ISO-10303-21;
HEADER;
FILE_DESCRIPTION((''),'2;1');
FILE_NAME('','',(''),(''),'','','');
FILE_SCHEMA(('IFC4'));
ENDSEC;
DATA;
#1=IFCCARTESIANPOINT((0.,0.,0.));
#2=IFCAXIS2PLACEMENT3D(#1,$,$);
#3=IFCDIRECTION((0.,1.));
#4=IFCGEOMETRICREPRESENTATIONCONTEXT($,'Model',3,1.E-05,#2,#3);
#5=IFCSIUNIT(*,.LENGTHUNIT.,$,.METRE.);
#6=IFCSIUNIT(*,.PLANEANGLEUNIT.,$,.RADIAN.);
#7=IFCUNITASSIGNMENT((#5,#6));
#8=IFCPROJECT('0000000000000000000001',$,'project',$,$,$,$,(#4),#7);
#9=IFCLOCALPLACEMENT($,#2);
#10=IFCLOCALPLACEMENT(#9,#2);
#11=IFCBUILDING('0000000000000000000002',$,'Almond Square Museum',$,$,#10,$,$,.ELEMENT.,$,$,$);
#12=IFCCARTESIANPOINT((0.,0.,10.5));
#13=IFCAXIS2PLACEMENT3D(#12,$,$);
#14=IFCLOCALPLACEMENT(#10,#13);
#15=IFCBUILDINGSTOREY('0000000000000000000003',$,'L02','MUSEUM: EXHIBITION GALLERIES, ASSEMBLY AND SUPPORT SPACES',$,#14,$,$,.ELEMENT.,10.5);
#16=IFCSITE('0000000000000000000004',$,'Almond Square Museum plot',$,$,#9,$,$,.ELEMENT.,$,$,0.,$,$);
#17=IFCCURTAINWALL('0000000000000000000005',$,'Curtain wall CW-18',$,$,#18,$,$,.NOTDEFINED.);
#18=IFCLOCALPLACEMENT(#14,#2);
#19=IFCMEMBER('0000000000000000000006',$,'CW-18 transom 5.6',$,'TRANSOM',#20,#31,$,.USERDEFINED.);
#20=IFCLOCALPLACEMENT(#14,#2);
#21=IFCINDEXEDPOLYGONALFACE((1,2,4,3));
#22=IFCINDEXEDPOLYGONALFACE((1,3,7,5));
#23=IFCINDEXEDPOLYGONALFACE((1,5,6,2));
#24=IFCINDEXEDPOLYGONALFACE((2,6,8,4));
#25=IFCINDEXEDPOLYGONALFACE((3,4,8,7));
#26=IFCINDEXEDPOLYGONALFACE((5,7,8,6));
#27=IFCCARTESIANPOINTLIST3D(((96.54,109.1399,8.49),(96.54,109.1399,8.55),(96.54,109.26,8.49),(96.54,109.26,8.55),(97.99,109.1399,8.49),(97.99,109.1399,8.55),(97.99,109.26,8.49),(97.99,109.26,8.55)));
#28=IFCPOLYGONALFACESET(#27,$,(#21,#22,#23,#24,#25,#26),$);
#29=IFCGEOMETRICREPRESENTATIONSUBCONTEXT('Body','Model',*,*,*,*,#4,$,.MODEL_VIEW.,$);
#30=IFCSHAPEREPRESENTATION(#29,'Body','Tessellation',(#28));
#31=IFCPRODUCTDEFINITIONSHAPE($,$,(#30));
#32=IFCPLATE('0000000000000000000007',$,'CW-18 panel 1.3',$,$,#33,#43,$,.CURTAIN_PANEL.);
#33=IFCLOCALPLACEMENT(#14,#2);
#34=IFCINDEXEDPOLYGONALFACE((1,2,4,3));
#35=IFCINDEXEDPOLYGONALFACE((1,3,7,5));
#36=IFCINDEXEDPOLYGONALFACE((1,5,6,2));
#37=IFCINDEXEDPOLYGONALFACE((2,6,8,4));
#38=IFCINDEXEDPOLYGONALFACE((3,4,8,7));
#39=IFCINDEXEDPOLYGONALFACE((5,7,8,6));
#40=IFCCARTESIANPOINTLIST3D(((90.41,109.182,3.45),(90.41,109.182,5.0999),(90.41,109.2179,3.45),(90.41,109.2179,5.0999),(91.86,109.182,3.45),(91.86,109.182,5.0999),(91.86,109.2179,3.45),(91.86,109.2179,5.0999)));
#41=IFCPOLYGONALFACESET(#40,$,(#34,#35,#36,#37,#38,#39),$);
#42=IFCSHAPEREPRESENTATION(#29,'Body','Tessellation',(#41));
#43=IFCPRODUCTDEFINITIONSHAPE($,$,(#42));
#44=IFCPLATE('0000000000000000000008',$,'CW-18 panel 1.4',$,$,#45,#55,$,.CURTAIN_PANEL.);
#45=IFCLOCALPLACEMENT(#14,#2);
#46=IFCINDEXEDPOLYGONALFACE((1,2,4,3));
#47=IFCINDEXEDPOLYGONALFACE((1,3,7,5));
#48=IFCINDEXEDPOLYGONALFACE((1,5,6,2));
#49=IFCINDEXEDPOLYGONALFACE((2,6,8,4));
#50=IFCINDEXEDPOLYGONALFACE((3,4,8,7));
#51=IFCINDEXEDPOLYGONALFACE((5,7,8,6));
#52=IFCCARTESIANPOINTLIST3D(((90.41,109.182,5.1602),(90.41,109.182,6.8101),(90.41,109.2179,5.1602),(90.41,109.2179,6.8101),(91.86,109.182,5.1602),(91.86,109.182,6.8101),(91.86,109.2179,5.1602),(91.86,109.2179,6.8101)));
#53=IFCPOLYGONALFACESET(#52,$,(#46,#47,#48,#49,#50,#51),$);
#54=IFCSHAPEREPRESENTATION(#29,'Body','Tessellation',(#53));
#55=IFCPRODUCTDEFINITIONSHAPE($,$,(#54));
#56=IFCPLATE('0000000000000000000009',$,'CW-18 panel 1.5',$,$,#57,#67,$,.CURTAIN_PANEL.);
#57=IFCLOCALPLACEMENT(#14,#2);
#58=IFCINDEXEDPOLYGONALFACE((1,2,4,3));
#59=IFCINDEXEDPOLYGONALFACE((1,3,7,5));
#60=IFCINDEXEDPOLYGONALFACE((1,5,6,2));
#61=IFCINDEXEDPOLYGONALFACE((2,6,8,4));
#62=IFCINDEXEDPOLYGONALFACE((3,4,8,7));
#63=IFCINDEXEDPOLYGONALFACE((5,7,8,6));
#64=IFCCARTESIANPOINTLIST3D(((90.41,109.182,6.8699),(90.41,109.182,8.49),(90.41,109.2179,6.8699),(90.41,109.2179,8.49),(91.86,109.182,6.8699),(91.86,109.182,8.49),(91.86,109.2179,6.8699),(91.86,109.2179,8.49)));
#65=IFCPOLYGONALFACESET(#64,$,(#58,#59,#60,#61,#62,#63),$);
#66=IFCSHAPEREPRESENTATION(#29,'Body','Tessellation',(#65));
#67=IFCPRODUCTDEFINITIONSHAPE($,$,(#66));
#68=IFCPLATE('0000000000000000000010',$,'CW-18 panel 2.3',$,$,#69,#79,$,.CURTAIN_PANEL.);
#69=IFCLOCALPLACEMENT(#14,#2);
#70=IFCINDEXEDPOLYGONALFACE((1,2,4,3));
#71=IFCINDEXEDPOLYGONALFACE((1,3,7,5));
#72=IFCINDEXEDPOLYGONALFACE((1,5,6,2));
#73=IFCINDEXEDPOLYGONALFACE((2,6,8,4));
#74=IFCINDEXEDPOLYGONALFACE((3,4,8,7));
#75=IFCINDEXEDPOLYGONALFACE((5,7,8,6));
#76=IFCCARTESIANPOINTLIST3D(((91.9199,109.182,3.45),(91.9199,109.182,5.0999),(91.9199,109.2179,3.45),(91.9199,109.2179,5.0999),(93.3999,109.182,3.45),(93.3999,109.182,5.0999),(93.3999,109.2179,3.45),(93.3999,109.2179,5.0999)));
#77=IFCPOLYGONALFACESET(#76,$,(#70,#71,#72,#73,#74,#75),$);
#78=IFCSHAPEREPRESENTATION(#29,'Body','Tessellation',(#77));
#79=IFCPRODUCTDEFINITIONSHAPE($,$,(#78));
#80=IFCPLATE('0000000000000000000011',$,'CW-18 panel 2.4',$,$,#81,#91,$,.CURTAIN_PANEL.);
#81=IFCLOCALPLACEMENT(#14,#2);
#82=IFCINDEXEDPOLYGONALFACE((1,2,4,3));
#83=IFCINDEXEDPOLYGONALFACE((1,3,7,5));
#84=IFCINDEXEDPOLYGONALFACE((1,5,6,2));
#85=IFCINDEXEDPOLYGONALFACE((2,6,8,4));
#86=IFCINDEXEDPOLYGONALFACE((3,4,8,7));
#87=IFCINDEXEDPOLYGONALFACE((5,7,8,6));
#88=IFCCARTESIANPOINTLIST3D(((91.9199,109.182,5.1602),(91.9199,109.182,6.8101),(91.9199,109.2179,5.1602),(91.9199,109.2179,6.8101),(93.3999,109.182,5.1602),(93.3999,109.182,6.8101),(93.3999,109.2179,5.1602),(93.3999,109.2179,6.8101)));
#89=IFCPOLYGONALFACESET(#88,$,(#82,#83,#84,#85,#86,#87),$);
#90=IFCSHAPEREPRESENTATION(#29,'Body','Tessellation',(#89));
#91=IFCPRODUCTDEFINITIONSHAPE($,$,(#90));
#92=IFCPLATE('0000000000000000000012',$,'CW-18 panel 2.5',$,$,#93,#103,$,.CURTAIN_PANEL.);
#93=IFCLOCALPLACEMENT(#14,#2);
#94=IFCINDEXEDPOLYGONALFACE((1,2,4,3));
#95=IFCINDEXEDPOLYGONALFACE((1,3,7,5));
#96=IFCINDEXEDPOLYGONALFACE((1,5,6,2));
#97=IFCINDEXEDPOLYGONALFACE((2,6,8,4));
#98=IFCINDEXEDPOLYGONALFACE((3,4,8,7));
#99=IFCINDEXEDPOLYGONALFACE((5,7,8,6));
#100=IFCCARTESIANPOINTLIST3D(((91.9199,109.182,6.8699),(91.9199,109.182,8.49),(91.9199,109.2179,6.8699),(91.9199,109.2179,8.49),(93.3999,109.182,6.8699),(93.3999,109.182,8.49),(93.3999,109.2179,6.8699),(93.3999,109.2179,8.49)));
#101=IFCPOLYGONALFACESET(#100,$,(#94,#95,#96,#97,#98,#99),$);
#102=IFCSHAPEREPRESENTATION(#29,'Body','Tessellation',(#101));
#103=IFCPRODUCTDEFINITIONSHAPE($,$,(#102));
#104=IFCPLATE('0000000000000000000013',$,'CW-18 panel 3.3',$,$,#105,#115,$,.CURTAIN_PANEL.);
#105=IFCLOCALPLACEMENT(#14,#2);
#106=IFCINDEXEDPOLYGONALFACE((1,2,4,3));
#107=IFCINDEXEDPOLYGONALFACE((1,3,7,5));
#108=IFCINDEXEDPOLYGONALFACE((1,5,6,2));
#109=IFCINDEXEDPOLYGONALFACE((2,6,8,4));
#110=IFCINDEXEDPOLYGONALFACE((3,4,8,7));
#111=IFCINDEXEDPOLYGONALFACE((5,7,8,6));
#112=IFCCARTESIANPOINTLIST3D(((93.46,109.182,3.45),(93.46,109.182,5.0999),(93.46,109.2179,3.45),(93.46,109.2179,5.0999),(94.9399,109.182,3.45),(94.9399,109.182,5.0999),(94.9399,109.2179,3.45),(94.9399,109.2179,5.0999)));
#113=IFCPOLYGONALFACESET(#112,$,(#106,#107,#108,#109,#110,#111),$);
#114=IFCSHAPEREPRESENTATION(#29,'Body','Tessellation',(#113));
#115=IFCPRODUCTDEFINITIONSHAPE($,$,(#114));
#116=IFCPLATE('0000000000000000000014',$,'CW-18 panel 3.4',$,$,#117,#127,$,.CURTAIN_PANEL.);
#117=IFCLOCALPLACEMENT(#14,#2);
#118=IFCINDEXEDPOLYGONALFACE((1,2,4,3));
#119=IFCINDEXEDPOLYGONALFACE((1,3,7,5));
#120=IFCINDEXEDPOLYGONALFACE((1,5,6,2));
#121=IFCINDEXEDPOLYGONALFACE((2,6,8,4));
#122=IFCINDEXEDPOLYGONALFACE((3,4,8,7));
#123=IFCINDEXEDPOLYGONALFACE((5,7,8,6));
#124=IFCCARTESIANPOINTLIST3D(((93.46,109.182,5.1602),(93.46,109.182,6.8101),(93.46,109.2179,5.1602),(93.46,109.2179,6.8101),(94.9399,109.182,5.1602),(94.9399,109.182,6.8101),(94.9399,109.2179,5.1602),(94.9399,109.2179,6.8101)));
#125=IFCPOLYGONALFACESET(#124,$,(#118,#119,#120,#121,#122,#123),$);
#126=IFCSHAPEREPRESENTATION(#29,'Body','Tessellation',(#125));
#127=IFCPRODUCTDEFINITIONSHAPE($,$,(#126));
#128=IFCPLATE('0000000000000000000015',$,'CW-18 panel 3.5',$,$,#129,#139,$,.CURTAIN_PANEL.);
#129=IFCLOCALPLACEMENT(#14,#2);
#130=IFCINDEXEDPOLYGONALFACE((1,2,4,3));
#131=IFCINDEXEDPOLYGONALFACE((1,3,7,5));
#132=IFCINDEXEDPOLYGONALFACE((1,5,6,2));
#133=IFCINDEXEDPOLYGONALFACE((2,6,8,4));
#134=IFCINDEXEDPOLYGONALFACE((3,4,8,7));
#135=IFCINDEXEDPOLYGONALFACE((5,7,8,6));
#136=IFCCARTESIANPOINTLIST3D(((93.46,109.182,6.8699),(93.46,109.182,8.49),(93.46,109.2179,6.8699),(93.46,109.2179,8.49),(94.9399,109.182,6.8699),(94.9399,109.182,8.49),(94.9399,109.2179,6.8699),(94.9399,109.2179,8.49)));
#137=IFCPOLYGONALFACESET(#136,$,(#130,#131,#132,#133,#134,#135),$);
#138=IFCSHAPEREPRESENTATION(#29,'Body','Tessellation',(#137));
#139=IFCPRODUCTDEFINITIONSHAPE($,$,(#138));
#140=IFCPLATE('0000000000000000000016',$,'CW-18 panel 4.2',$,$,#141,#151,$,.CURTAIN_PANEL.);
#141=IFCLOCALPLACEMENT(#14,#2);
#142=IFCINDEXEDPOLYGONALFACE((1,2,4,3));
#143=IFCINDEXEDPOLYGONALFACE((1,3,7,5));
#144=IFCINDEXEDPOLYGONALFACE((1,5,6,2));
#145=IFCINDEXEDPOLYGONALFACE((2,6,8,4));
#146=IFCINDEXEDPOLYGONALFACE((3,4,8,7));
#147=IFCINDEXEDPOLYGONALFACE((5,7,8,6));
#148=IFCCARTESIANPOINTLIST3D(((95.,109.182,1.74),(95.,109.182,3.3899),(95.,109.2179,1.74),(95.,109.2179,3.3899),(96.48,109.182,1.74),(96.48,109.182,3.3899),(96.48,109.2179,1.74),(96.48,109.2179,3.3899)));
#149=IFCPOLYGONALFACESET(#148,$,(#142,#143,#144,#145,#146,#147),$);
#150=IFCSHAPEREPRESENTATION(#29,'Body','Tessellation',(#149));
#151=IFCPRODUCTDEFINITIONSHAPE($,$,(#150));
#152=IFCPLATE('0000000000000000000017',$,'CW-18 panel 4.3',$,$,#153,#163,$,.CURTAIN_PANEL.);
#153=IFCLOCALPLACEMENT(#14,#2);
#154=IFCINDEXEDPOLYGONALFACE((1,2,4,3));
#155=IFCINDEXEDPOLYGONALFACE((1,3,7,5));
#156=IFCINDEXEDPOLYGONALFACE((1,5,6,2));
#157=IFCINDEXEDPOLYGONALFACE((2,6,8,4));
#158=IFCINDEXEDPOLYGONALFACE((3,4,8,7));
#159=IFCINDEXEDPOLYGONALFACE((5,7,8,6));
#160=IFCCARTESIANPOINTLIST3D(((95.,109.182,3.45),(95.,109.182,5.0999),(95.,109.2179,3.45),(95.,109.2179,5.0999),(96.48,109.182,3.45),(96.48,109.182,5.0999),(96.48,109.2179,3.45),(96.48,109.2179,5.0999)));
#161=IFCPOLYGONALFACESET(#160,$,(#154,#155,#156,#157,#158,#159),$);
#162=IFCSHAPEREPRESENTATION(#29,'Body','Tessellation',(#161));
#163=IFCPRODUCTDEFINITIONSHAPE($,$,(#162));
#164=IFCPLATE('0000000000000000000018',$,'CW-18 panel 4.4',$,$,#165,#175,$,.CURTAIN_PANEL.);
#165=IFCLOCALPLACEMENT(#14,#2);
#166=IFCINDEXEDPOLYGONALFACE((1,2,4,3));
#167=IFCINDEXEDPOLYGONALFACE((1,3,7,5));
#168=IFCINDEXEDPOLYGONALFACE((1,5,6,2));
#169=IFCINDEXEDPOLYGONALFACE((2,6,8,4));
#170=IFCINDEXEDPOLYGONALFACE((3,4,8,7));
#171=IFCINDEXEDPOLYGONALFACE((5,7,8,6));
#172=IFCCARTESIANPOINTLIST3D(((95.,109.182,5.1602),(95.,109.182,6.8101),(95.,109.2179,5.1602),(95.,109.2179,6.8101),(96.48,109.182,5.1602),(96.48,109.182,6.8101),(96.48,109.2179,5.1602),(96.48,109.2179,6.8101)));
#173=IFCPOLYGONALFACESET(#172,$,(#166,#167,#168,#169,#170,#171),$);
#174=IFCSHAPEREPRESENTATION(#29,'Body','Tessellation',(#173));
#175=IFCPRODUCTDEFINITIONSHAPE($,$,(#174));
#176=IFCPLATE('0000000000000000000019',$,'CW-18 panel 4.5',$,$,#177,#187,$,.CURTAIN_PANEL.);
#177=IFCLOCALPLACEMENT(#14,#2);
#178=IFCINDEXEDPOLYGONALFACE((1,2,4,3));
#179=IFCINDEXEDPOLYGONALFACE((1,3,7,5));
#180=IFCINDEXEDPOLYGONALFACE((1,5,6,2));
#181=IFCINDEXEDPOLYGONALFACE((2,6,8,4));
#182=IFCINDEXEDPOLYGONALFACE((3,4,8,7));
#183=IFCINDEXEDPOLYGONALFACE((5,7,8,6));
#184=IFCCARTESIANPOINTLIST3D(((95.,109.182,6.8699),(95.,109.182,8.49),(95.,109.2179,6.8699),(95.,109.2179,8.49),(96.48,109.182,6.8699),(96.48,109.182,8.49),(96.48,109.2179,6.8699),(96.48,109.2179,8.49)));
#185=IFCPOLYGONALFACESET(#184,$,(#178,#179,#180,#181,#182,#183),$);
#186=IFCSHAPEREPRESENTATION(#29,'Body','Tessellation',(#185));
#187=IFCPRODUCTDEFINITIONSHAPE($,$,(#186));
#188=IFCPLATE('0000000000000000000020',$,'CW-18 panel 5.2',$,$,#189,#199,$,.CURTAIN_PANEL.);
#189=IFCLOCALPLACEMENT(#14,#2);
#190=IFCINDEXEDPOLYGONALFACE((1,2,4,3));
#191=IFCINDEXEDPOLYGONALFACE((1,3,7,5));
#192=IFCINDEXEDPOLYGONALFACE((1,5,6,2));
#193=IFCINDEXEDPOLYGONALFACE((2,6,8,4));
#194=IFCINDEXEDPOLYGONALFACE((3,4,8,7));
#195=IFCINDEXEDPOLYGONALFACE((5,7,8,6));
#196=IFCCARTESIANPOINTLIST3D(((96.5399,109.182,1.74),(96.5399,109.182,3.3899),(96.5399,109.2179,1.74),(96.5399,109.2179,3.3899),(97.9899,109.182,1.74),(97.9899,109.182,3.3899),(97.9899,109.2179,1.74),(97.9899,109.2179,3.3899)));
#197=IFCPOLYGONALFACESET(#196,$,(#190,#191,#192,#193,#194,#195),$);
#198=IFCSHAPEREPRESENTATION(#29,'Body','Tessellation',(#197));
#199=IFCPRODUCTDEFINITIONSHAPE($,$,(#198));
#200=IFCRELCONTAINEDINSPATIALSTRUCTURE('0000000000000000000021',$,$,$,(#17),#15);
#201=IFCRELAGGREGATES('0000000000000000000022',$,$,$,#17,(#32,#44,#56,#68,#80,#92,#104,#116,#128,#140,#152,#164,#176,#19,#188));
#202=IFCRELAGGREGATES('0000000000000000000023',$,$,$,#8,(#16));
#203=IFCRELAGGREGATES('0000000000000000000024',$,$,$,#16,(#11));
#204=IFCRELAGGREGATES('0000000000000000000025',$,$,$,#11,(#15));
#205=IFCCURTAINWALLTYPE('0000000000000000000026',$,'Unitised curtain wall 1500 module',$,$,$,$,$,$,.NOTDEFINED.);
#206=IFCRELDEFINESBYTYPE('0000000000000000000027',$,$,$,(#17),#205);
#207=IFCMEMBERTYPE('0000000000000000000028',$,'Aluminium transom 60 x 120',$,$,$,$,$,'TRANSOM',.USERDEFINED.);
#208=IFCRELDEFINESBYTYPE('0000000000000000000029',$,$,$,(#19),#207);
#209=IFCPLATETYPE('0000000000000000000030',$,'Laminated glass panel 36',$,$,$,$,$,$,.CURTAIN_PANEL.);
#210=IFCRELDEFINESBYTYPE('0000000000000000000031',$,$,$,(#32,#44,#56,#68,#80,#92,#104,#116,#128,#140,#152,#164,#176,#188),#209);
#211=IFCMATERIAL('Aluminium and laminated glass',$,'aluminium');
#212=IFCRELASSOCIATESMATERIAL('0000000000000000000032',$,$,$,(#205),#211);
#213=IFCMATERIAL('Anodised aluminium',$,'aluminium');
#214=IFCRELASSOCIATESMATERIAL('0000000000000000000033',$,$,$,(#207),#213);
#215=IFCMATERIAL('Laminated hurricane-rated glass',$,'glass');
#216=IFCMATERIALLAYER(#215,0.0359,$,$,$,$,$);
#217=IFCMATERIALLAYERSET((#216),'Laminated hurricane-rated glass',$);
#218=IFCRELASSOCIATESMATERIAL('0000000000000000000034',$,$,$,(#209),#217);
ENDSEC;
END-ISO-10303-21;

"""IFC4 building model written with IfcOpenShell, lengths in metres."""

from ifc_helpers import new_model, si_unit, direction, frame, origin, origin_2d, place, context, subcontext, project, spatial, rectangle, extrude, material, layer, layer_set, material_profile, profile_set, type_object, element, aggregate, save


model = new_model("IFC4")

# Units and contexts
model_context = context("Model", 3, precision=1e-05, world=origin(), true_north=direction((0.0, 1.0)))
body_context = subcontext(model_context, "Body", "Model", "MODEL_VIEW")
ifc_project = project(units=[si_unit("LENGTHUNIT", "METRE"), si_unit("PLANEANGLEUNIT", "RADIAN")], contexts=[model_context])

# Site, building, storey
site_placement = place(None, origin())
site = spatial("IfcSite", under=ifc_project, at=site_placement, Name="Almond Square Museum plot", CompositionType="ELEMENT", RefElevation=0.0)
building_placement = place(site_placement, origin())
building = spatial("IfcBuilding", under=site, at=building_placement, Name="Almond Square Museum", CompositionType="ELEMENT")
storey_placement = place(building_placement, frame((0.0, 0.0, 10.5)))
storey = spatial("IfcBuildingStorey", under=building, at=storey_placement, Name="L02", Description="MUSEUM: EXHIBITION GALLERIES, ASSEMBLY AND SUPPORT SPACES", CompositionType="ELEMENT", Elevation=10.5)

# Curtain wall, member, plates
ifc_material_1 = material(Name="Aluminium and laminated glass", Category="aluminium")
curtain_wall_type = type_object("IfcCurtainWallType", Name="Unitised curtain wall 1500 module", PredefinedType="NOTDEFINED", material=ifc_material_1)
curtain_wall_placement = place(storey_placement, origin())
curtain_wall = element("IfcCurtainWall", 1, at=curtain_wall_placement, inside=storey, type_object=curtain_wall_type, Name="Curtain wall CW-18", PredefinedType="NOTDEFINED")
ifc_material_2 = material(Name="Anodised aluminium", Category="aluminium")
ifc_material_profile = material_profile(ifc_material_2, rectangle(XDim=0.1201, YDim=0.0601, at=origin_2d()))
ifc_profile_set = profile_set([ifc_material_profile], Name="Anodised aluminium")
member_type = type_object("IfcMemberType", Name="Aluminium transom 60 x 120", ElementType="TRANSOM", PredefinedType="USERDEFINED", material=ifc_profile_set)
member_1_placement = place(storey_placement, frame((96.54, 109.2, 8.52), z_axis=(1.0, 0.0, 0.0), x_axis=(0.0, 1.0, 0.0)))
member_1 = element("IfcMember", 2, at=member_1_placement, type_object=member_type, Name="CW-18 transom 5.6", ObjectType="TRANSOM", PredefinedType="USERDEFINED", context=body_context, shape_type="SweptSolid", body=[
    extrude(rectangle(XDim=0.1201, YDim=0.0601, at=origin_2d()), origin(), (0.0, 0.0, 1.0), 1.45),
])
ifc_material_3 = material(Name="Laminated hurricane-rated glass", Category="glass")
ifc_layer = layer(ifc_material_3, 0.0359)
ifc_layer_set = layer_set([ifc_layer], Name="Laminated hurricane-rated glass")
plate_type = type_object("IfcPlateType", Name="Laminated glass panel 36", PredefinedType="CURTAIN_PANEL", material=ifc_layer_set)
plate_1_placement = place(storey_placement, frame((91.135, 109.2, 3.45), z_axis=(0.0, 0.0, 1.0), x_axis=(1.0, 0.0, 0.0)))
plate_1 = element("IfcPlate", 3, at=plate_1_placement, type_object=plate_type, Name="CW-18 panel 1.3", PredefinedType="CURTAIN_PANEL", context=body_context, shape_type="SweptSolid", body=[
    extrude(rectangle(XDim=1.45, YDim=0.0359, at=origin_2d()), origin(), (0.0, 0.0, 1.0), 1.6499),
])
plate_2_placement = place(storey_placement, frame((91.135, 109.2, 5.1602), z_axis=(0.0, 0.0, 1.0), x_axis=(1.0, 0.0, 0.0)))
plate_2 = element("IfcPlate", 4, at=plate_2_placement, type_object=plate_type, Name="CW-18 panel 1.4", PredefinedType="CURTAIN_PANEL", context=body_context, shape_type="SweptSolid", body=[
    extrude(rectangle(XDim=1.45, YDim=0.0359, at=origin_2d()), origin(), (0.0, 0.0, 1.0), 1.6499),
])
plate_3_placement = place(storey_placement, frame((91.135, 109.2, 6.8699), z_axis=(0.0, 0.0, 1.0), x_axis=(1.0, 0.0, 0.0)))
plate_3 = element("IfcPlate", 5, at=plate_3_placement, type_object=plate_type, Name="CW-18 panel 1.5", PredefinedType="CURTAIN_PANEL", context=body_context, shape_type="SweptSolid", body=[
    extrude(rectangle(XDim=1.45, YDim=0.0359, at=origin_2d()), origin(), (0.0, 0.0, 1.0), 1.6201),
])
plate_4_placement = place(storey_placement, frame((92.6599, 109.2, 3.45), z_axis=(0.0, 0.0, 1.0), x_axis=(1.0, 0.0, 0.0)))
plate_4 = element("IfcPlate", 6, at=plate_4_placement, type_object=plate_type, Name="CW-18 panel 2.3", PredefinedType="CURTAIN_PANEL", context=body_context, shape_type="SweptSolid", body=[
    extrude(rectangle(XDim=1.48, YDim=0.0359, at=origin_2d()), origin(), (0.0, 0.0, 1.0), 1.6499),
])
plate_5_placement = place(storey_placement, frame((92.6599, 109.2, 5.1602), z_axis=(0.0, 0.0, 1.0), x_axis=(1.0, 0.0, 0.0)))
plate_5 = element("IfcPlate", 7, at=plate_5_placement, type_object=plate_type, Name="CW-18 panel 2.4", PredefinedType="CURTAIN_PANEL", context=body_context, shape_type="SweptSolid", body=[
    extrude(rectangle(XDim=1.48, YDim=0.0359, at=origin_2d()), origin(), (0.0, 0.0, 1.0), 1.6499),
])
plate_6_placement = place(storey_placement, frame((92.6599, 109.2, 6.8699), z_axis=(0.0, 0.0, 1.0), x_axis=(1.0, 0.0, 0.0)))
plate_6 = element("IfcPlate", 8, at=plate_6_placement, type_object=plate_type, Name="CW-18 panel 2.5", PredefinedType="CURTAIN_PANEL", context=body_context, shape_type="SweptSolid", body=[
    extrude(rectangle(XDim=1.48, YDim=0.0359, at=origin_2d()), origin(), (0.0, 0.0, 1.0), 1.6201),
])
plate_7_placement = place(storey_placement, frame((94.2, 109.2, 3.45), z_axis=(0.0, 0.0, 1.0), x_axis=(1.0, 0.0, 0.0)))
plate_7 = element("IfcPlate", 9, at=plate_7_placement, type_object=plate_type, Name="CW-18 panel 3.3", PredefinedType="CURTAIN_PANEL", context=body_context, shape_type="SweptSolid", body=[
    extrude(rectangle(XDim=1.48, YDim=0.0359, at=origin_2d()), origin(), (0.0, 0.0, 1.0), 1.6499),
])
plate_8_placement = place(storey_placement, frame((94.2, 109.2, 5.1602), z_axis=(0.0, 0.0, 1.0), x_axis=(1.0, 0.0, 0.0)))
plate_8 = element("IfcPlate", 10, at=plate_8_placement, type_object=plate_type, Name="CW-18 panel 3.4", PredefinedType="CURTAIN_PANEL", context=body_context, shape_type="SweptSolid", body=[
    extrude(rectangle(XDim=1.48, YDim=0.0359, at=origin_2d()), origin(), (0.0, 0.0, 1.0), 1.6499),
])
plate_9_placement = place(storey_placement, frame((94.2, 109.2, 6.8699), z_axis=(0.0, 0.0, 1.0), x_axis=(1.0, 0.0, 0.0)))
plate_9 = element("IfcPlate", 11, at=plate_9_placement, type_object=plate_type, Name="CW-18 panel 3.5", PredefinedType="CURTAIN_PANEL", context=body_context, shape_type="SweptSolid", body=[
    extrude(rectangle(XDim=1.48, YDim=0.0359, at=origin_2d()), origin(), (0.0, 0.0, 1.0), 1.6201),
])
plate_10_placement = place(storey_placement, frame((95.74, 109.2, 1.74), z_axis=(0.0, 0.0, 1.0), x_axis=(1.0, 0.0, 0.0)))
plate_10 = element("IfcPlate", 12, at=plate_10_placement, type_object=plate_type, Name="CW-18 panel 4.2", PredefinedType="CURTAIN_PANEL", context=body_context, shape_type="SweptSolid", body=[
    extrude(rectangle(XDim=1.48, YDim=0.0359, at=origin_2d()), origin(), (0.0, 0.0, 1.0), 1.6499),
])
plate_11_placement = place(storey_placement, frame((95.74, 109.2, 3.45), z_axis=(0.0, 0.0, 1.0), x_axis=(1.0, 0.0, 0.0)))
plate_11 = element("IfcPlate", 13, at=plate_11_placement, type_object=plate_type, Name="CW-18 panel 4.3", PredefinedType="CURTAIN_PANEL", context=body_context, shape_type="SweptSolid", body=[
    extrude(rectangle(XDim=1.48, YDim=0.0359, at=origin_2d()), origin(), (0.0, 0.0, 1.0), 1.6499),
])
plate_12_placement = place(storey_placement, frame((95.74, 109.2, 5.1602), z_axis=(0.0, 0.0, 1.0), x_axis=(1.0, 0.0, 0.0)))
plate_12 = element("IfcPlate", 14, at=plate_12_placement, type_object=plate_type, Name="CW-18 panel 4.4", PredefinedType="CURTAIN_PANEL", context=body_context, shape_type="SweptSolid", body=[
    extrude(rectangle(XDim=1.48, YDim=0.0359, at=origin_2d()), origin(), (0.0, 0.0, 1.0), 1.6499),
])
plate_13_placement = place(storey_placement, frame((95.74, 109.2, 6.8699), z_axis=(0.0, 0.0, 1.0), x_axis=(1.0, 0.0, 0.0)))
plate_13 = element("IfcPlate", 15, at=plate_13_placement, type_object=plate_type, Name="CW-18 panel 4.5", PredefinedType="CURTAIN_PANEL", context=body_context, shape_type="SweptSolid", body=[
    extrude(rectangle(XDim=1.48, YDim=0.0359, at=origin_2d()), origin(), (0.0, 0.0, 1.0), 1.6201),
])
plate_14_placement = place(storey_placement, frame((97.2649, 109.2, 1.74), z_axis=(0.0, 0.0, 1.0), x_axis=(1.0, 0.0, 0.0)))
plate_14 = element("IfcPlate", 16, at=plate_14_placement, type_object=plate_type, Name="CW-18 panel 5.2", PredefinedType="CURTAIN_PANEL", context=body_context, shape_type="SweptSolid", body=[
    extrude(rectangle(XDim=1.45, YDim=0.0359, at=origin_2d()), origin(), (0.0, 0.0, 1.0), 1.6499),
])
aggregate(curtain_wall, [plate_1, plate_2, plate_3, plate_4, plate_5, plate_6, plate_7, plate_8, plate_9, plate_10, plate_11, plate_12, plate_13, member_1, plate_14])

save(model, "model.ifc")
